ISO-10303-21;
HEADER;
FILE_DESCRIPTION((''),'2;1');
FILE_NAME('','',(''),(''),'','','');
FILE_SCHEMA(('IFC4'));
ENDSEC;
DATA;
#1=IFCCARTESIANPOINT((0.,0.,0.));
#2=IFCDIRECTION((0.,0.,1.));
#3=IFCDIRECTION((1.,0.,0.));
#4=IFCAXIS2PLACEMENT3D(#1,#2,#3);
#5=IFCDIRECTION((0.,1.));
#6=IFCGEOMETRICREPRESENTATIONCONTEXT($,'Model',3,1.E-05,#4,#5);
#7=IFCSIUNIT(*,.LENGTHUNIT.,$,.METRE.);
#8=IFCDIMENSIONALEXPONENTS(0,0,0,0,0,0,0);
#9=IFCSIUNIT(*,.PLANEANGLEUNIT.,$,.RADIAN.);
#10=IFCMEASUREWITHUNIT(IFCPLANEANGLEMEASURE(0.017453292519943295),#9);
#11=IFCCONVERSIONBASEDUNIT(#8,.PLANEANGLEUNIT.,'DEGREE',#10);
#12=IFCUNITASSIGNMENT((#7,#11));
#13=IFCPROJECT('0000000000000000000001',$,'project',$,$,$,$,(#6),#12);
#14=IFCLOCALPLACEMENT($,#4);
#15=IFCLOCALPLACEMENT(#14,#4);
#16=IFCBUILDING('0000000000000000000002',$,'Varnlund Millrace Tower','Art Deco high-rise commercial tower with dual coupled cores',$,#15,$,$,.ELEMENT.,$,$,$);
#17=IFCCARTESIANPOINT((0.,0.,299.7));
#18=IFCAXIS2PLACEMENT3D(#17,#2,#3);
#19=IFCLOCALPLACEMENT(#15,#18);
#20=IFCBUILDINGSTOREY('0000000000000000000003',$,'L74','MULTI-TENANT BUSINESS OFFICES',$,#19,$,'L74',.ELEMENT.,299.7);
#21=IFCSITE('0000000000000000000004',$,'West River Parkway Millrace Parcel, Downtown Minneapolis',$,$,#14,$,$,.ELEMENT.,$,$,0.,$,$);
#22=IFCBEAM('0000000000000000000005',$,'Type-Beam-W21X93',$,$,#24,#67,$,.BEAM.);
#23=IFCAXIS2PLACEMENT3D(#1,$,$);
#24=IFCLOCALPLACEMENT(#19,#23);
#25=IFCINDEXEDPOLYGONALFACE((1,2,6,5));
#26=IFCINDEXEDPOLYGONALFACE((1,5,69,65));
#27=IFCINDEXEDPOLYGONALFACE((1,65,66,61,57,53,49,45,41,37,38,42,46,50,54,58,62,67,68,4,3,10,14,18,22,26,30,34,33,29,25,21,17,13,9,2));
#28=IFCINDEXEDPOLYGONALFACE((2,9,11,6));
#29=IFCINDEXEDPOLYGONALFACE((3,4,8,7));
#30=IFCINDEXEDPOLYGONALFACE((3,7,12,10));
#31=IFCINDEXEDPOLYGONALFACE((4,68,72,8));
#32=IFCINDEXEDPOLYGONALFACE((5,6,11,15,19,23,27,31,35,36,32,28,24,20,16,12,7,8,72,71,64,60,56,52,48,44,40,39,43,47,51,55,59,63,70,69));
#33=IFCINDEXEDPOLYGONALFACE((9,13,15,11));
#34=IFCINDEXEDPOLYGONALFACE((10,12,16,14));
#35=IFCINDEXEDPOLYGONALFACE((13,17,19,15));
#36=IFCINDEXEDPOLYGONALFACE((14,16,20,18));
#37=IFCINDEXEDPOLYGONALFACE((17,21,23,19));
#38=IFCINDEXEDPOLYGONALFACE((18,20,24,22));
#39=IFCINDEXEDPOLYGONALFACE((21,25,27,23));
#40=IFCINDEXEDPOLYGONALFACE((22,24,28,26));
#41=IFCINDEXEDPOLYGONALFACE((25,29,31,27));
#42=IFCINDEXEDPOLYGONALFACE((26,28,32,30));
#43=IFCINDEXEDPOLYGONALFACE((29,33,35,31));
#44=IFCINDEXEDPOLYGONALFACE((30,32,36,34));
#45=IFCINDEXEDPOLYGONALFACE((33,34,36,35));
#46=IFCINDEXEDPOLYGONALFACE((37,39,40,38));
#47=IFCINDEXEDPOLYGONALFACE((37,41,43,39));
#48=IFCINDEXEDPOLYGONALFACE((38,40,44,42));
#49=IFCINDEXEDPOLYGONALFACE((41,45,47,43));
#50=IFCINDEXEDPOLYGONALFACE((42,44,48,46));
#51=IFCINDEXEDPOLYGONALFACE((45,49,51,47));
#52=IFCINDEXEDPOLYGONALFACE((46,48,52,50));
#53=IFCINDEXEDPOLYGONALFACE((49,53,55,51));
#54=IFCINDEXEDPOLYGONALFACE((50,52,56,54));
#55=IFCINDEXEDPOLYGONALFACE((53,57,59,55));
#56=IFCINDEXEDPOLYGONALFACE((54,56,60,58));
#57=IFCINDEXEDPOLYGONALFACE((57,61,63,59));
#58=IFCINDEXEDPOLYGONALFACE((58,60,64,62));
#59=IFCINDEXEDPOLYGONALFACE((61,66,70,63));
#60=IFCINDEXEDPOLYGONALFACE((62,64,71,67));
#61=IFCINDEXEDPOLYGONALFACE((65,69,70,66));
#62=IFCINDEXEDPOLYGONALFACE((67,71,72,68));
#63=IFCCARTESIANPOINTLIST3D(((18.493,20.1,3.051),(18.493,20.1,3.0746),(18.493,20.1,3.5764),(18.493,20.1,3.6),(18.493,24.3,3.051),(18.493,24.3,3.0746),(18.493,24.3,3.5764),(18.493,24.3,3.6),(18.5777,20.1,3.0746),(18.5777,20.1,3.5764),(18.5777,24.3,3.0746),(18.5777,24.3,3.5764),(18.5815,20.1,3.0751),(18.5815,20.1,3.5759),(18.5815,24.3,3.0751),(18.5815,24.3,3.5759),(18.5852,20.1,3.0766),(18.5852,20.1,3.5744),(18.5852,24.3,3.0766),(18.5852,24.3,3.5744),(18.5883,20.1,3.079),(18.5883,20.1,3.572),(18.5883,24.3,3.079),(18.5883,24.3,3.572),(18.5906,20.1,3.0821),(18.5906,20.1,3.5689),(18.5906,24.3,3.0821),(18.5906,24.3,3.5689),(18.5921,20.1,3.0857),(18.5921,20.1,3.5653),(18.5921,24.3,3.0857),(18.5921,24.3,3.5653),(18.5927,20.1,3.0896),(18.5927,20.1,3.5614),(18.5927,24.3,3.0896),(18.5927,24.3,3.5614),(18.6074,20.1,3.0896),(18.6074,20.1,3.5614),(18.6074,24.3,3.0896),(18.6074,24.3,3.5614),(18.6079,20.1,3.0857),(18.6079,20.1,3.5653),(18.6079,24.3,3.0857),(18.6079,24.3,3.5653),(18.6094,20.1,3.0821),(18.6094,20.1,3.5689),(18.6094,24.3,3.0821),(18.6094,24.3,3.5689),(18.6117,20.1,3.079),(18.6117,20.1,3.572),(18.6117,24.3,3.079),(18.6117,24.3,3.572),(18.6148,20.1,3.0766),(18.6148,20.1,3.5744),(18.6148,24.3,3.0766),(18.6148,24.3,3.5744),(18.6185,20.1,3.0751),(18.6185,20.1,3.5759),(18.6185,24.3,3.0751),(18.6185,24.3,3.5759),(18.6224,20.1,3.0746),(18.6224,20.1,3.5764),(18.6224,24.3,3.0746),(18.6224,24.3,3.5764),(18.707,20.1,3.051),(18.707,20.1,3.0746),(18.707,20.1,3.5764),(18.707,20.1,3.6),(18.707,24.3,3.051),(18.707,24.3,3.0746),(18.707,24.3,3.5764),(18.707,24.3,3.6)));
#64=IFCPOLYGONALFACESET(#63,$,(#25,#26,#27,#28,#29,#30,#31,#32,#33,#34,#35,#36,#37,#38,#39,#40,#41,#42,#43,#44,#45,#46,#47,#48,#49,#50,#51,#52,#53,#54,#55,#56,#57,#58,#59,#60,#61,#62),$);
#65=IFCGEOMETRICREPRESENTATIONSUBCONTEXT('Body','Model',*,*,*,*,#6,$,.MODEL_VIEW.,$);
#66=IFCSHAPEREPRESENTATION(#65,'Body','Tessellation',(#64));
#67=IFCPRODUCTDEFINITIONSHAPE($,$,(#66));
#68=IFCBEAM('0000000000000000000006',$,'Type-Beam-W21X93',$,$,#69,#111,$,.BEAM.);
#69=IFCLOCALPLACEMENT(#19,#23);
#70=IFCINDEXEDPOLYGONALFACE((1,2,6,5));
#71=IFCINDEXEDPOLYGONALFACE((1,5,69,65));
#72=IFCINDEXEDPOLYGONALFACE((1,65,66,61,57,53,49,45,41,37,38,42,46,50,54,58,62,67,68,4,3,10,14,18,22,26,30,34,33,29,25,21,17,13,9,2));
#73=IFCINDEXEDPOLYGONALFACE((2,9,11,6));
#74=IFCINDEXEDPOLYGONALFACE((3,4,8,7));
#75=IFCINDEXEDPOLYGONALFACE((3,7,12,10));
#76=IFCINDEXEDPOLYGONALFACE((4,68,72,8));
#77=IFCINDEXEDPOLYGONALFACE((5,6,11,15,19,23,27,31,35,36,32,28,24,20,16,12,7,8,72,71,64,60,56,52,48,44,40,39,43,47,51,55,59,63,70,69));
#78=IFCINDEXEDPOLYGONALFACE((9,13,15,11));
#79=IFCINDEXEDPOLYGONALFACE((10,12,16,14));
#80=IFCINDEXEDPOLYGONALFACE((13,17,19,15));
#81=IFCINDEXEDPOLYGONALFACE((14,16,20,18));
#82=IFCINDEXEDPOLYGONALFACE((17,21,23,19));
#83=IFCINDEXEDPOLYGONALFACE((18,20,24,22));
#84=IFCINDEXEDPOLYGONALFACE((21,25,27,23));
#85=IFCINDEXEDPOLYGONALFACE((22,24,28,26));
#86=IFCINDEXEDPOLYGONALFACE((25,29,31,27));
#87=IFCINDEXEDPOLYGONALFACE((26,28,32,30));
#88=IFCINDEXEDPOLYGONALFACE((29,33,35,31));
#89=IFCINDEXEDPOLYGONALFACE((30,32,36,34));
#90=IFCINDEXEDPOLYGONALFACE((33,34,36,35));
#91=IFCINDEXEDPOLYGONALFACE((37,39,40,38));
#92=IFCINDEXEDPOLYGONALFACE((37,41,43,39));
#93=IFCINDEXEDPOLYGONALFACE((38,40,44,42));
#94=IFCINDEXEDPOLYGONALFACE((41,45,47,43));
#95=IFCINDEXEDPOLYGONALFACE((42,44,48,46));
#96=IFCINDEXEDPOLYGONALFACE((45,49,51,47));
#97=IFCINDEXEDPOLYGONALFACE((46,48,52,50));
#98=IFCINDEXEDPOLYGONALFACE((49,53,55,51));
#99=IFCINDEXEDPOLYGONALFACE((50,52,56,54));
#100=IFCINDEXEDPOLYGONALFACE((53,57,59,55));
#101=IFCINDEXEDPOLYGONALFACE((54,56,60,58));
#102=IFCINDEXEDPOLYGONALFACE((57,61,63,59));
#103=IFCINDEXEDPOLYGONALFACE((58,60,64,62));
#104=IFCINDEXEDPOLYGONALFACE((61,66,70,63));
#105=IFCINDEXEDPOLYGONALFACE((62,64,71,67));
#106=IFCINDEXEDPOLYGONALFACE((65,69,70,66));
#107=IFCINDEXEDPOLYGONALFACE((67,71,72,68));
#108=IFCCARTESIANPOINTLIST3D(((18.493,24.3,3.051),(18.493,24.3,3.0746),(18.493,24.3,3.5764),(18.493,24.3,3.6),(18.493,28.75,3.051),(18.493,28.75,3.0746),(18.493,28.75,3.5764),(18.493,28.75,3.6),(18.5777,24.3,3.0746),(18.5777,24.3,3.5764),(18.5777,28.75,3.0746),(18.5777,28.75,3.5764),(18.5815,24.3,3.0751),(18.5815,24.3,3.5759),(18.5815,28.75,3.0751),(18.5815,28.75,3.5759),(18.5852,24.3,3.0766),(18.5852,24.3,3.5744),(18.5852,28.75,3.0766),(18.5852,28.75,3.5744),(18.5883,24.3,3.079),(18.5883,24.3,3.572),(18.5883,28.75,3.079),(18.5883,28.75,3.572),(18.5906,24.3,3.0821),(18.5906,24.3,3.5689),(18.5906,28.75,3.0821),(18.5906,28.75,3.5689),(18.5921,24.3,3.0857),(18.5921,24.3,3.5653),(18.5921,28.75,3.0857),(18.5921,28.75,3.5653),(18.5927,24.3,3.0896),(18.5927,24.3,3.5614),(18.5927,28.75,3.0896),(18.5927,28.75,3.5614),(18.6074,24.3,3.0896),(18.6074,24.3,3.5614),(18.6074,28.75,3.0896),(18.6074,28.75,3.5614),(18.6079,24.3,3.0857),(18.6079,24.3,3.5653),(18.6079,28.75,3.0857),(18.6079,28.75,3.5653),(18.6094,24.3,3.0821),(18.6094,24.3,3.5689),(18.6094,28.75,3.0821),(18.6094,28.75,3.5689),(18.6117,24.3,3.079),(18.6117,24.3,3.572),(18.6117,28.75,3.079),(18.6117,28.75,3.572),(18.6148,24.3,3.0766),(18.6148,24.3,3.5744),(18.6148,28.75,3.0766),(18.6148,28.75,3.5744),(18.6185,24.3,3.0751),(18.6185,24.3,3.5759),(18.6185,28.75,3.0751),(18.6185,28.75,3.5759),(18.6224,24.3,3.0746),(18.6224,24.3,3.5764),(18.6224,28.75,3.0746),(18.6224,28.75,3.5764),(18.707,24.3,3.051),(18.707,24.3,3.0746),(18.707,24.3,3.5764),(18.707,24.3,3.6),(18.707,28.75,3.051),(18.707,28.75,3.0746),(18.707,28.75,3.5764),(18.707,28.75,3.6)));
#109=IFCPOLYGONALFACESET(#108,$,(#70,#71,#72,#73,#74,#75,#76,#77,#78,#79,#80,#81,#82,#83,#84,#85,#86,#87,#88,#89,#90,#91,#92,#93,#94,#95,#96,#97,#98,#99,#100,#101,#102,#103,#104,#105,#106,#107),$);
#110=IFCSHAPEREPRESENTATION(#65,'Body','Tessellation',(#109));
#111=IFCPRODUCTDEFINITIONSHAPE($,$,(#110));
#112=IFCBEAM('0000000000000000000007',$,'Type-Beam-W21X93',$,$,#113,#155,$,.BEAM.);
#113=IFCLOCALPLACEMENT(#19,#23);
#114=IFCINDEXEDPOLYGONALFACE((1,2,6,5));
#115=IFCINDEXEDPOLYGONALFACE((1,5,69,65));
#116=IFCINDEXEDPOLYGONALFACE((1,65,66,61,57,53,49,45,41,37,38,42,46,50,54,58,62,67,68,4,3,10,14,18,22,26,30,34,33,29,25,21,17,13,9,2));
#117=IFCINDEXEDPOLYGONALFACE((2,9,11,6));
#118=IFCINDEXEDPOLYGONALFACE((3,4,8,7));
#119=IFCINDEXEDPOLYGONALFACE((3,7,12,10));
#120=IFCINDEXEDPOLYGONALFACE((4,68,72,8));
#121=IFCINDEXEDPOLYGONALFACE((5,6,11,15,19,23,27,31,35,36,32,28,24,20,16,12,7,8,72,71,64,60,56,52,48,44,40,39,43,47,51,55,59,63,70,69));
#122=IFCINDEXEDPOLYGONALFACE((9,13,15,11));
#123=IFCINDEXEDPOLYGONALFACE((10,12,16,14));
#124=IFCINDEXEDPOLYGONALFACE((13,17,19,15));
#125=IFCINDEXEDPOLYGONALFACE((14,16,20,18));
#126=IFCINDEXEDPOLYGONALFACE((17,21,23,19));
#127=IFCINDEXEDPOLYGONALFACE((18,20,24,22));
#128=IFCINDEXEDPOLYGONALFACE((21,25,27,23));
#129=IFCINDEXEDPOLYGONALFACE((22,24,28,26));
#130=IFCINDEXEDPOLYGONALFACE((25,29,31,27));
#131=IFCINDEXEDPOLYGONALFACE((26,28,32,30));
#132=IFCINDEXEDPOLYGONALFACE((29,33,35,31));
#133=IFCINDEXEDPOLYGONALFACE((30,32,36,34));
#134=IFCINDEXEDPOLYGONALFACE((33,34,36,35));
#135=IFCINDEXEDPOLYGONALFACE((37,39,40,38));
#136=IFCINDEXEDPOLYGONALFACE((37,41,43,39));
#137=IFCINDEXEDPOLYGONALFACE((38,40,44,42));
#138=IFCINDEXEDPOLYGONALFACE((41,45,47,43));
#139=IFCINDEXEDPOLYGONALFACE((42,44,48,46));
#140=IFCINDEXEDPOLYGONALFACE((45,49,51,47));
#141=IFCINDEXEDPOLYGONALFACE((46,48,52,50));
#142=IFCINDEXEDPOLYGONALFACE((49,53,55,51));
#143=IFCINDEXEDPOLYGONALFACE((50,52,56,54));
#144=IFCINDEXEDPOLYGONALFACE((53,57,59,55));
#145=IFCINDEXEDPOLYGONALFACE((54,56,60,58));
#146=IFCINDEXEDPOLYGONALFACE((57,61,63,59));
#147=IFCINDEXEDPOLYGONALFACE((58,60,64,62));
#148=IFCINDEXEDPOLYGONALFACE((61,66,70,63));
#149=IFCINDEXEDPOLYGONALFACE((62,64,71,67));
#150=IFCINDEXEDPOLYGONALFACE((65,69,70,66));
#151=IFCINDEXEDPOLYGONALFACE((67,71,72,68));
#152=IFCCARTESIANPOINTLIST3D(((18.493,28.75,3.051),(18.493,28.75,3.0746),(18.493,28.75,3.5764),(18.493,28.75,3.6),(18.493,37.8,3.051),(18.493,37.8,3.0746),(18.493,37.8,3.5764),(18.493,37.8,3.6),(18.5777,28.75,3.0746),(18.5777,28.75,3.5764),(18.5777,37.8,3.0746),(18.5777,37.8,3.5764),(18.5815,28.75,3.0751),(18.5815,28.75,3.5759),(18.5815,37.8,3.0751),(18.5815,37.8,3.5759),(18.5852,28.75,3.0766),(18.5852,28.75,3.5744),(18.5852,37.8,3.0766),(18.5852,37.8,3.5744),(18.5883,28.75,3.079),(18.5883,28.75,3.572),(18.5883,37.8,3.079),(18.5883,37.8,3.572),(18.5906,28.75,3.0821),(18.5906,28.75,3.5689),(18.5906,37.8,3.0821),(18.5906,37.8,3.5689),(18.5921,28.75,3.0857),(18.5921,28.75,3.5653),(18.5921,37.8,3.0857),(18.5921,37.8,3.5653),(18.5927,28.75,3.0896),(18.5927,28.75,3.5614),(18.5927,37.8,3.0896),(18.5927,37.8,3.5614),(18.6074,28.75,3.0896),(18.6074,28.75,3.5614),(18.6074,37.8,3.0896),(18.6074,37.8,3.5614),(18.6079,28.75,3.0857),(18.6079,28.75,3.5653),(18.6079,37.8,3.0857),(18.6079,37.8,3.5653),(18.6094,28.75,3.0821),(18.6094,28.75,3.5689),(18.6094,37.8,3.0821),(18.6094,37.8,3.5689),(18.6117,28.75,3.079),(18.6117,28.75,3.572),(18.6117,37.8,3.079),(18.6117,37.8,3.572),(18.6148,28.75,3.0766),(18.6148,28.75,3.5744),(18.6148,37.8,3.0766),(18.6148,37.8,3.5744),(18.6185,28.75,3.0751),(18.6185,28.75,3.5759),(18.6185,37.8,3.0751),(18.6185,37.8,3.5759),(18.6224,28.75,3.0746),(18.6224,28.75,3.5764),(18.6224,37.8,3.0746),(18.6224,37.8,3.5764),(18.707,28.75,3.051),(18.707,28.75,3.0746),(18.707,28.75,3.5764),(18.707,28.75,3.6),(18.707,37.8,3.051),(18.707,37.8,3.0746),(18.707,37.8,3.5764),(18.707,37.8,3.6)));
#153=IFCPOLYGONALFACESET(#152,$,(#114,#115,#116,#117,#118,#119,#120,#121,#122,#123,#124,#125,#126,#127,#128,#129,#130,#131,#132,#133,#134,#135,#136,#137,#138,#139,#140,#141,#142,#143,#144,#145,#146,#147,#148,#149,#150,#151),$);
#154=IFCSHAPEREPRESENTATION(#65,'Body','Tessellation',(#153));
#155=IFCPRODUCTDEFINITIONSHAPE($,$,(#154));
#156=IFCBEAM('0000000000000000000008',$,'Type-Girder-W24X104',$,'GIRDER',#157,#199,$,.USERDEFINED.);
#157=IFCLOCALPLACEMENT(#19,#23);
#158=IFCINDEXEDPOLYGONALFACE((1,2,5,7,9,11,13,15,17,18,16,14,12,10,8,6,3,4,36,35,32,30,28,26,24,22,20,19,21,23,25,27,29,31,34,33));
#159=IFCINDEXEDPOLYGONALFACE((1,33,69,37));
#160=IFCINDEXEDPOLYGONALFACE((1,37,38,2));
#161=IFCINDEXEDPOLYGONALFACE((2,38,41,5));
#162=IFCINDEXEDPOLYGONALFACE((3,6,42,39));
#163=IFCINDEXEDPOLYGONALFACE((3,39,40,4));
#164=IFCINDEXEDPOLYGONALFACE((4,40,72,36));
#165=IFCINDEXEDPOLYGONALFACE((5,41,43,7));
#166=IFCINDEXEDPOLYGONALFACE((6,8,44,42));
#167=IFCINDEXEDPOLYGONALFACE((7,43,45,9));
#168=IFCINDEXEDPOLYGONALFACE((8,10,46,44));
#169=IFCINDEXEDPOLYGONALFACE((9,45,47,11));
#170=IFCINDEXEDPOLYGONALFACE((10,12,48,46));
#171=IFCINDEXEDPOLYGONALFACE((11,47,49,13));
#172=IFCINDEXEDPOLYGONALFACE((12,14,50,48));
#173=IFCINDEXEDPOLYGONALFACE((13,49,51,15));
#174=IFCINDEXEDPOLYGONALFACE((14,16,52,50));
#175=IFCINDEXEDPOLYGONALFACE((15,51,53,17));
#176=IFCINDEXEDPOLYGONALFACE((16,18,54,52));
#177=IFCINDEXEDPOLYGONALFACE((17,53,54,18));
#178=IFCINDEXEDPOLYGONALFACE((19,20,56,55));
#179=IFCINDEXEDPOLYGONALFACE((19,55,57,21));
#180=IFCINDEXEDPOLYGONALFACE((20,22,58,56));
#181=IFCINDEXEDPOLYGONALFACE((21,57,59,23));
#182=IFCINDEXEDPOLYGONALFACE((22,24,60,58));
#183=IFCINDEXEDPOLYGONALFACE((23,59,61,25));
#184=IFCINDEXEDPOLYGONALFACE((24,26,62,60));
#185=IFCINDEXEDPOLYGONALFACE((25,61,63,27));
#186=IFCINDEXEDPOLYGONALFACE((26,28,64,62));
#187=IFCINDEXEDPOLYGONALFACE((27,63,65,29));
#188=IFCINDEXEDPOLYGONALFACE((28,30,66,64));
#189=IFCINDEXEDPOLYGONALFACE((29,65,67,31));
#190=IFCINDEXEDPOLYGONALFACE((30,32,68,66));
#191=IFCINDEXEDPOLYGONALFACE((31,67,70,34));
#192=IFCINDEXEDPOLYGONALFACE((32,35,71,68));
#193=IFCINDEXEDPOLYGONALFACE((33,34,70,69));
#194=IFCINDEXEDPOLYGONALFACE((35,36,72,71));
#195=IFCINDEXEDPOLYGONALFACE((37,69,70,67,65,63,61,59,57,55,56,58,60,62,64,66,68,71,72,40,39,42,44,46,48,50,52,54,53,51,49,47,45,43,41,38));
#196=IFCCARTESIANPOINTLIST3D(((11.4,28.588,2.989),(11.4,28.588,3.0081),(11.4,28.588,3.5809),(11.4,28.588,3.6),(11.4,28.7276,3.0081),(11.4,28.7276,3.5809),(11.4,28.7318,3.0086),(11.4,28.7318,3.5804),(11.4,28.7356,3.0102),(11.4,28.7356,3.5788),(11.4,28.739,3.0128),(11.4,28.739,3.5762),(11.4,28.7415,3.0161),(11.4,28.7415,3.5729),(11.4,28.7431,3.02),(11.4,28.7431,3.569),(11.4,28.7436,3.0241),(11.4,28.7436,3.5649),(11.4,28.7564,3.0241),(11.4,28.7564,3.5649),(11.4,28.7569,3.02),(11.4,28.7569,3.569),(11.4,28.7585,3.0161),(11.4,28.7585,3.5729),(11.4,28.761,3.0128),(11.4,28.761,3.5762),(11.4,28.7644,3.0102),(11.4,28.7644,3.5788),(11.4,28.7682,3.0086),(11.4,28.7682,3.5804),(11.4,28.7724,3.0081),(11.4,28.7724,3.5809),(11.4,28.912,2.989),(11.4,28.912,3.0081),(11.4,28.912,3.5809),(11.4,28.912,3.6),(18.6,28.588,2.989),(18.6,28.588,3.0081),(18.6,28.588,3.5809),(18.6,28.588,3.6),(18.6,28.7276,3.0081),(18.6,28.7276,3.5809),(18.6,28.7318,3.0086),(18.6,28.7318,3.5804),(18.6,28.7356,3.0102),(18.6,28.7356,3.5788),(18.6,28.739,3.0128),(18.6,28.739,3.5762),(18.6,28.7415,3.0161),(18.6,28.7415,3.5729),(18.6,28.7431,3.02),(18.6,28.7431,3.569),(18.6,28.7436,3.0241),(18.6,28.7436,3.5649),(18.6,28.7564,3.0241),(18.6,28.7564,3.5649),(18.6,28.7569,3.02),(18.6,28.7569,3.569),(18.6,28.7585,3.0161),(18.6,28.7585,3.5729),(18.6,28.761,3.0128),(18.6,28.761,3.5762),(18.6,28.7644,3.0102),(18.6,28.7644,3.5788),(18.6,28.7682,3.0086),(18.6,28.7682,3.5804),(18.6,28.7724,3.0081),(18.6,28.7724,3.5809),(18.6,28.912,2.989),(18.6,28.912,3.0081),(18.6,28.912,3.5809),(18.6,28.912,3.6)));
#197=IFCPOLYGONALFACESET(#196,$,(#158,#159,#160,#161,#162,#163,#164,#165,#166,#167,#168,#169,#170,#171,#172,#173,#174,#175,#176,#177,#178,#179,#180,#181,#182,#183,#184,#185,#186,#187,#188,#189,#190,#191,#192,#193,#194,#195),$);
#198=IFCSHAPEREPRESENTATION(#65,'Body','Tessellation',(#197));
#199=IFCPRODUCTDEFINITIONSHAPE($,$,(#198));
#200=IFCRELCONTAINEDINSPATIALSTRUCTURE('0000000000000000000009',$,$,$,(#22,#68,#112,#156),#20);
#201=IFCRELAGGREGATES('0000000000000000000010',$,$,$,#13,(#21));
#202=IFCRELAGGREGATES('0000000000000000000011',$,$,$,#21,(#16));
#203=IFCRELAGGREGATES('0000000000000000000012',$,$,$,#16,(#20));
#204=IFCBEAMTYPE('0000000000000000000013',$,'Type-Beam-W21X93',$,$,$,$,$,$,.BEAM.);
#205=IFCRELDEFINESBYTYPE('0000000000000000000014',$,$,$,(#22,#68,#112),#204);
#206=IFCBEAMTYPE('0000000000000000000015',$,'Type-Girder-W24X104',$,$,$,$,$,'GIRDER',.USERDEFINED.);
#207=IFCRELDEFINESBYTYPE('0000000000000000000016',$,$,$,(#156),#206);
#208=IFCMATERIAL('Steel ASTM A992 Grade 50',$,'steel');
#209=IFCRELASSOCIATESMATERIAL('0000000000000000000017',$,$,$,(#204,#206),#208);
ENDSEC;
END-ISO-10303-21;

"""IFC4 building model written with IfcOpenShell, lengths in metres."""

from ifc_helpers import new_model, entity, si_unit, converted_unit, direction, frame, origin_with_axes, origin_2d_with_axis, place, context, subcontext, project, spatial, i_section, extrude, material, material_profile, profile_set, type_object, element, save


model = new_model("IFC4")

# Units and contexts
model_context = context("Model", 3, precision=1e-05, world=origin_with_axes(), true_north=direction((0.0, 1.0)))
body_context = subcontext(model_context, "Body", "Model", "MODEL_VIEW")
ifc_project = project(units=[si_unit("LENGTHUNIT", "METRE"), converted_unit("PLANEANGLEUNIT", "DEGREE", entity("IfcPlaneAngleMeasure", 0.017453292519943295), si_unit("PLANEANGLEUNIT", "RADIAN"), dimensions=[0, 0, 0, 0, 0, 0, 0])], contexts=[model_context])

# Site, building, storey
site_placement = place(None, origin_with_axes())
site = spatial("IfcSite", under=ifc_project, at=site_placement, Name="West River Parkway Millrace Parcel, Downtown Minneapolis", CompositionType="ELEMENT", RefElevation=0.0)
building_placement = place(site_placement, origin_with_axes())
building = spatial("IfcBuilding", under=site, at=building_placement, Name="Varnlund Millrace Tower", Description="Art Deco high-rise commercial tower with dual coupled cores", CompositionType="ELEMENT")
storey_placement = place(building_placement, frame((0.0, 0.0, 299.7), z_axis=(0.0, 0.0, 1.0), x_axis=(1.0, 0.0, 0.0)))
storey = spatial("IfcBuildingStorey", under=building, at=storey_placement, Name="L74", Description="MULTI-TENANT BUSINESS OFFICES", LongName="L74", CompositionType="ELEMENT", Elevation=299.7)

# Beams
ifc_material_1 = material(Name="Steel ASTM A992 Grade 50", Category="steel")
ifc_material_profile_1 = material_profile(ifc_material_1, i_section(OverallWidth=0.214, OverallDepth=0.549, WebThickness=0.0147, FlangeThickness=0.0236, FilletRadius=0.015, at=origin_2d_with_axis()), Name="Steel ASTM A992 Grade 50")
ifc_profile_set_1 = profile_set([ifc_material_profile_1], Name="Steel ASTM A992 Grade 50")
beam_type_1 = type_object("IfcBeamType", Name="Type-Beam-W21X93", PredefinedType="BEAM", material=ifc_profile_set_1)
beam_1_placement = place(storey_placement, frame((18.6, 20.1, 3.3255), z_axis=(0.0, 1.0, 0.0), x_axis=(-1.0, 0.0, 0.0)))
element("IfcBeam", 1, at=beam_1_placement, inside=storey, type_object=beam_type_1, Name="Type-Beam-W21X93", PredefinedType="BEAM", context=body_context, shape_type="SweptSolid", body=[
    extrude(i_section(OverallWidth=0.214, OverallDepth=0.549, WebThickness=0.0147, FlangeThickness=0.0236, FilletRadius=0.015, at=origin_2d_with_axis()), origin_with_axes(), (0.0, 0.0, 1.0), 4.2),
])
beam_2_placement = place(storey_placement, frame((18.6, 24.3, 3.3255), z_axis=(0.0, 1.0, 0.0), x_axis=(-1.0, 0.0, 0.0)))
element("IfcBeam", 2, at=beam_2_placement, inside=storey, type_object=beam_type_1, Name="Type-Beam-W21X93", PredefinedType="BEAM", context=body_context, shape_type="SweptSolid", body=[
    extrude(i_section(OverallWidth=0.214, OverallDepth=0.549, WebThickness=0.0147, FlangeThickness=0.0236, FilletRadius=0.015, at=origin_2d_with_axis()), origin_with_axes(), (0.0, 0.0, 1.0), 4.45),
])
beam_3_placement = place(storey_placement, frame((18.6, 28.75, 3.3255), z_axis=(0.0, 1.0, 0.0), x_axis=(-1.0, 0.0, 0.0)))
element("IfcBeam", 3, at=beam_3_placement, inside=storey, type_object=beam_type_1, Name="Type-Beam-W21X93", PredefinedType="BEAM", context=body_context, shape_type="SweptSolid", body=[
    extrude(i_section(OverallWidth=0.214, OverallDepth=0.549, WebThickness=0.0147, FlangeThickness=0.0236, FilletRadius=0.015, at=origin_2d_with_axis()), origin_with_axes(), (0.0, 0.0, 1.0), 9.05),
])
ifc_material_profile_2 = material_profile(ifc_material_1, i_section(OverallWidth=0.324, OverallDepth=0.611, WebThickness=0.0127, FlangeThickness=0.0191, FilletRadius=0.016, at=origin_2d_with_axis()), Name="Steel ASTM A992 Grade 50")
ifc_profile_set_2 = profile_set([ifc_material_profile_2], Name="Steel ASTM A992 Grade 50")
beam_type_2 = type_object("IfcBeamType", Name="Type-Girder-W24X104", ElementType="GIRDER", PredefinedType="USERDEFINED", material=ifc_profile_set_2)
beam_4_placement = place(storey_placement, frame((11.4, 28.75, 3.2945), z_axis=(1.0, 0.0, 0.0), x_axis=(0.0, 1.0, 0.0)))
element("IfcBeam", 4, at=beam_4_placement, inside=storey, type_object=beam_type_2, Name="Type-Girder-W24X104", ObjectType="GIRDER", PredefinedType="USERDEFINED", context=body_context, shape_type="SweptSolid", body=[
    extrude(i_section(OverallWidth=0.324, OverallDepth=0.611, WebThickness=0.0127, FlangeThickness=0.0191, FilletRadius=0.016, at=origin_2d_with_axis()), origin_with_axes(), (0.0, 0.0, 1.0), 7.2),
])

save(model, "model.ifc")
